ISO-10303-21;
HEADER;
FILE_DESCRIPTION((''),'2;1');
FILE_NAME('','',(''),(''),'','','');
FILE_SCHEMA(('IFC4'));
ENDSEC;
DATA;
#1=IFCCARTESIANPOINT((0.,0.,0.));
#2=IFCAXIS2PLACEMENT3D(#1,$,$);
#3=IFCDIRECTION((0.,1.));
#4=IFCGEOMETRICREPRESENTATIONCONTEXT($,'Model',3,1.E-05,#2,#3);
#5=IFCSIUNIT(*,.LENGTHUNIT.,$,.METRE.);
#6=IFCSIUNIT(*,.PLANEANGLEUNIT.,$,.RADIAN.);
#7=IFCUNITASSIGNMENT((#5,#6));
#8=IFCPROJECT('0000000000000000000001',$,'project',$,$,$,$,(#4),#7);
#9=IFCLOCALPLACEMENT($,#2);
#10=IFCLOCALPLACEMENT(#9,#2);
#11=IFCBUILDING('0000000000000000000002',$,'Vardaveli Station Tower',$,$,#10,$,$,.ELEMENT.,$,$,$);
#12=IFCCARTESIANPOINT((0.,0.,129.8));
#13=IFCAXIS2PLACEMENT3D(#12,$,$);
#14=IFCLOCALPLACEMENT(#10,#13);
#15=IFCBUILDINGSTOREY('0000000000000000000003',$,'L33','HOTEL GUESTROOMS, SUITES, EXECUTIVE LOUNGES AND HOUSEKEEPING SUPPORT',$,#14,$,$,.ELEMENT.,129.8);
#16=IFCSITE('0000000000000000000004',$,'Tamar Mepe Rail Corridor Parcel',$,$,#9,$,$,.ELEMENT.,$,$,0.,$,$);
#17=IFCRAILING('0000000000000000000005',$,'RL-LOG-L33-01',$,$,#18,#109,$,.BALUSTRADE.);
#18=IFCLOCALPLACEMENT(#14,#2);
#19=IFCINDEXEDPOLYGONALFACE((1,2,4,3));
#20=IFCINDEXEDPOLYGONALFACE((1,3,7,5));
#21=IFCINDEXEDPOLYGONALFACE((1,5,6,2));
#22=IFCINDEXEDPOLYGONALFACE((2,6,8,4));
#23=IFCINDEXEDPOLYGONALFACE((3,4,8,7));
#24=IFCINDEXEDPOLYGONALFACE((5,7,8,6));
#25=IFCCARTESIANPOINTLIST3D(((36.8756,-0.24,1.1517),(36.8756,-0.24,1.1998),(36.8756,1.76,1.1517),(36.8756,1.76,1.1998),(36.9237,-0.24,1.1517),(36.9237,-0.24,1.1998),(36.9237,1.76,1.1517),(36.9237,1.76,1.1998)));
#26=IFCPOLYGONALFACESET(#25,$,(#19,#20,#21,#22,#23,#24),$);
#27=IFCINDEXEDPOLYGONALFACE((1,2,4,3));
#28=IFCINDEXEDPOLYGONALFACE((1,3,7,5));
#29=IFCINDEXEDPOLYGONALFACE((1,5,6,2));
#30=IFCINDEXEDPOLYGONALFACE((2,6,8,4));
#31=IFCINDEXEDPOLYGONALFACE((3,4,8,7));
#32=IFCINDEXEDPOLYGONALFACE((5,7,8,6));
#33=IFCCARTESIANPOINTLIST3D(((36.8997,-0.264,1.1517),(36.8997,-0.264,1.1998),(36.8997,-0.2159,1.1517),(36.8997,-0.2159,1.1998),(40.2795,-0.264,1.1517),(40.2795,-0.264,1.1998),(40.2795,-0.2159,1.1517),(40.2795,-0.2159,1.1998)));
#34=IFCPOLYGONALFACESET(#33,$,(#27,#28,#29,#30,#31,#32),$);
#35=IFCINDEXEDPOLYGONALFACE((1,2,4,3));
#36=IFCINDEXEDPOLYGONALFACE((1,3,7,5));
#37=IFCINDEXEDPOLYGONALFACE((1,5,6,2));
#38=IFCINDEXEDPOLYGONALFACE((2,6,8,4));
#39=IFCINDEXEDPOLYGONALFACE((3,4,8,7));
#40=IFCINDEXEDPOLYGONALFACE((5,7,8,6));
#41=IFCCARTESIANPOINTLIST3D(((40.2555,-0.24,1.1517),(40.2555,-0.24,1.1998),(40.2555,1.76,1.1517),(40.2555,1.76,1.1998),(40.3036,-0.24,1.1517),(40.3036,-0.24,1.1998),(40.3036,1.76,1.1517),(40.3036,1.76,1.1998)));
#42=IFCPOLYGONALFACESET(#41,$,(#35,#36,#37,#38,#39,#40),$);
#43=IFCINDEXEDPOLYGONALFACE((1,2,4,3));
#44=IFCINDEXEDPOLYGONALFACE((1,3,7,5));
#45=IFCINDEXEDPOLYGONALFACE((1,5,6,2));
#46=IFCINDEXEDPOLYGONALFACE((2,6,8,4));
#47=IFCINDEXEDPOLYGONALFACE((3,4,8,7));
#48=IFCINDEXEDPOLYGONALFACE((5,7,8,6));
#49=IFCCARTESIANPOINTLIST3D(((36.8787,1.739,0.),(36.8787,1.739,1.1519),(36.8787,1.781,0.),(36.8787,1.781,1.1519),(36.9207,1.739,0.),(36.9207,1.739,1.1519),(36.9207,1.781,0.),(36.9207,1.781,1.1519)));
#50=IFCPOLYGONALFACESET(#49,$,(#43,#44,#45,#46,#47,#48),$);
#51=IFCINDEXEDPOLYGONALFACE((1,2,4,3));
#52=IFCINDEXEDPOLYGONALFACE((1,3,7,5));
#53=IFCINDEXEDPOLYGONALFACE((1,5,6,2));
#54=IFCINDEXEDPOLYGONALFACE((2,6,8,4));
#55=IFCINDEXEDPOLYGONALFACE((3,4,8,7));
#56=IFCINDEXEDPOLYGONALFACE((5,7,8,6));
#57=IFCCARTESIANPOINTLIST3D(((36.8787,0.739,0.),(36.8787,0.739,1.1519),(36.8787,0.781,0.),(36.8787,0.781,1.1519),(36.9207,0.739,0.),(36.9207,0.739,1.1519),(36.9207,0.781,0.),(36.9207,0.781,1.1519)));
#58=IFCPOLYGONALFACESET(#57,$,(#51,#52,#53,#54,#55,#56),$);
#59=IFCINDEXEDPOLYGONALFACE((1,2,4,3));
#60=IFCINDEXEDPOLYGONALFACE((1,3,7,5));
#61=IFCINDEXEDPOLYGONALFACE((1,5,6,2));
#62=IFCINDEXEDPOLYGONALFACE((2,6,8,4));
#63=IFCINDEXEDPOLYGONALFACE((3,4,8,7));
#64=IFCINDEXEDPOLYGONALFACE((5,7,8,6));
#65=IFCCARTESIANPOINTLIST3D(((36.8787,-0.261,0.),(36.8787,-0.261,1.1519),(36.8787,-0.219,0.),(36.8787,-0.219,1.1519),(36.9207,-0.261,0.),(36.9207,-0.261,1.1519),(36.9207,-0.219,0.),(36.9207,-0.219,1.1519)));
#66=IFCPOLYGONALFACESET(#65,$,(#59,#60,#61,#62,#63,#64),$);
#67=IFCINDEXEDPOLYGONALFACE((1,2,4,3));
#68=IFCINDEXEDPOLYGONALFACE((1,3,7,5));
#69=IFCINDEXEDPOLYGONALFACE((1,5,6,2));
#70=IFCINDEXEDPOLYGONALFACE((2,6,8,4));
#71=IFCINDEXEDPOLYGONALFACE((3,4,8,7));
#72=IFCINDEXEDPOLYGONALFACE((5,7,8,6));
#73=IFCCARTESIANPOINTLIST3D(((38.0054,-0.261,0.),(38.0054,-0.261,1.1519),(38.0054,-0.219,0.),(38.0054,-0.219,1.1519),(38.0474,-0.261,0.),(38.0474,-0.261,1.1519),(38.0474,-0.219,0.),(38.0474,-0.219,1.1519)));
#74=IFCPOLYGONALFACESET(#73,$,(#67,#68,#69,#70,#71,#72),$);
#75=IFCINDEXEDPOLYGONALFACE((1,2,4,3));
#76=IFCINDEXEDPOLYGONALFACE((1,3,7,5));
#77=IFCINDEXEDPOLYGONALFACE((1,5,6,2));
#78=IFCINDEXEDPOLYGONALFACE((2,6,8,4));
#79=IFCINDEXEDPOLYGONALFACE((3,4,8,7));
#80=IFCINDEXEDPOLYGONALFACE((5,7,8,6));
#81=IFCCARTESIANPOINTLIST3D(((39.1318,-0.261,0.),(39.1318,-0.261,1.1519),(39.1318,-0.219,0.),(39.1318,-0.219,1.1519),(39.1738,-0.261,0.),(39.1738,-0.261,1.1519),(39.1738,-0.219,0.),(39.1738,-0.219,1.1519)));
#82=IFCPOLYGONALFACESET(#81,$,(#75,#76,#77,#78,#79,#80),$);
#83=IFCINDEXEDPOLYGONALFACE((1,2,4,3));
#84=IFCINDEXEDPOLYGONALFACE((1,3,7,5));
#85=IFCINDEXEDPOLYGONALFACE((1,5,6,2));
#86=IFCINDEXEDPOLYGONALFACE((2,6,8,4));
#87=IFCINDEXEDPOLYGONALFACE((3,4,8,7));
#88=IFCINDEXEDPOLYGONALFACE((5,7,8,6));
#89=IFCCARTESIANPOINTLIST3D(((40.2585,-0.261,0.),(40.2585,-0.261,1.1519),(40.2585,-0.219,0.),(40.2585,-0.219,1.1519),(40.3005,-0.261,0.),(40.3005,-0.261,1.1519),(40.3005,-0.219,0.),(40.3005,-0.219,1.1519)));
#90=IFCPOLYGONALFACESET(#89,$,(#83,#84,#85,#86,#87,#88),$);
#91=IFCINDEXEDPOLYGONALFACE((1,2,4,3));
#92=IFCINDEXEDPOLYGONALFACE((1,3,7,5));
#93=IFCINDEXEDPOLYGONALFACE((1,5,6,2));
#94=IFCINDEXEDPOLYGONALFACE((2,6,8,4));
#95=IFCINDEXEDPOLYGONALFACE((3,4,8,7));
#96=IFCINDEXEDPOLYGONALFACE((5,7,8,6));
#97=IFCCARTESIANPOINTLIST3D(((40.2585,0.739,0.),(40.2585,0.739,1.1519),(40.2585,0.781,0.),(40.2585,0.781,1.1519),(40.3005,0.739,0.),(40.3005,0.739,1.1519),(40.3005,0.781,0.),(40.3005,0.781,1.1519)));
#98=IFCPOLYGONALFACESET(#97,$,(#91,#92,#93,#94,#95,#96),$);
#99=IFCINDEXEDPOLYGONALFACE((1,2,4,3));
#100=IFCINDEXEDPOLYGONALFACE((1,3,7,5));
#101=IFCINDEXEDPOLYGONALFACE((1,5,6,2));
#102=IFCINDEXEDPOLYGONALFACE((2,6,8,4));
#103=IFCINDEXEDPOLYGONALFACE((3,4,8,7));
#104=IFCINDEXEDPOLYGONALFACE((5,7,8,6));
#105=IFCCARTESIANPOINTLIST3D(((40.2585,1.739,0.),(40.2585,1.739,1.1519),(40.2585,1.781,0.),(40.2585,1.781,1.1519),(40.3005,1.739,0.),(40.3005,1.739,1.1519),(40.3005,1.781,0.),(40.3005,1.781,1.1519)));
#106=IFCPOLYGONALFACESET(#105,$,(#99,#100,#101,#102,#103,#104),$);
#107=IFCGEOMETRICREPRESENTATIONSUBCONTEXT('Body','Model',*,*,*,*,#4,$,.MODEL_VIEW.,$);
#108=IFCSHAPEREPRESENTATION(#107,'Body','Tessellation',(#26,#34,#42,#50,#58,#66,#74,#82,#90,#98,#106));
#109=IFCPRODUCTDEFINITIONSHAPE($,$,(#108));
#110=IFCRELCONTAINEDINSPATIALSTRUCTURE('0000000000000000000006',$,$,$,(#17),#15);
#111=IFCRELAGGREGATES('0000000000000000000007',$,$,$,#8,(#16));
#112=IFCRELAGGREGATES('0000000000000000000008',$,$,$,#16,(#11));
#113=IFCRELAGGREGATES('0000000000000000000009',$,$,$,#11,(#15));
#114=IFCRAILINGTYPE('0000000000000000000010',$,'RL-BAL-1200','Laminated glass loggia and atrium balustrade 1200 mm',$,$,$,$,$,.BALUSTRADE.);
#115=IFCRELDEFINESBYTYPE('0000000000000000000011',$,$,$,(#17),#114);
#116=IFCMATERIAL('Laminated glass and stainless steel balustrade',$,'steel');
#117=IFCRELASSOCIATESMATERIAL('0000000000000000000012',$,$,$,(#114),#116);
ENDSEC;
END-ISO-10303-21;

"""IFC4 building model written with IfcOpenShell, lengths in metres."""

from ifc_helpers import new_model, si_unit, direction, frame, origin, origin_2d, place, context, subcontext, project, spatial, rectangle, extrude, source, transform, mapped, material, type_object, element, save


model = new_model("IFC4")

# Units and contexts
model_context = context("Model", 3, precision=1e-05, world=origin(), true_north=direction((0.0, 1.0)))
body_context = subcontext(model_context, "Body", "Model", "MODEL_VIEW")
ifc_project = project(units=[si_unit("LENGTHUNIT", "METRE"), si_unit("PLANEANGLEUNIT", "RADIAN")], contexts=[model_context])

# Site, building, storey
site_placement = place(None, origin())
site = spatial("IfcSite", under=ifc_project, at=site_placement, Name="Tamar Mepe Rail Corridor Parcel", CompositionType="ELEMENT", RefElevation=0.0)
building_placement = place(site_placement, origin())
building = spatial("IfcBuilding", under=site, at=building_placement, Name="Vardaveli Station Tower", CompositionType="ELEMENT")
storey_placement = place(building_placement, frame((0.0, 0.0, 129.8)))
storey = spatial("IfcBuildingStorey", under=building, at=storey_placement, Name="L33", Description="HOTEL GUESTROOMS, SUITES, EXECUTIVE LOUNGES AND HOUSEKEEPING SUPPORT", CompositionType="ELEMENT", Elevation=129.8)

# Railing
ifc_material_1 = material(Name="Laminated glass and stainless steel balustrade", Category="steel")
railing_type = type_object("IfcRailingType", Name="RL-BAL-1200", Description="Laminated glass loggia and atrium balustrade 1200 mm", PredefinedType="BALUSTRADE", material=ifc_material_1)
shared_shape_1 = source(origin(), body_context, "Body", "SweptSolid", [
    extrude(rectangle(XDim=0.0481, YDim=0.0481, at=origin_2d()), frame((0.0, 0.0, 1.1758), z_axis=(0.0, -1.0, 0.0), x_axis=(1.0, 0.0, 0.0)), (0.0, 0.0, 1.0), 2.0),
    extrude(rectangle(XDim=0.0481, YDim=0.0481, at=origin_2d()), frame((0.0, -2.0, 1.1758), z_axis=(1.0, 0.0, 0.0), x_axis=(0.0, 1.0, 0.0)), (0.0, 0.0, 1.0), 3.3799),
    extrude(rectangle(XDim=0.0481, YDim=0.0481, at=origin_2d()), frame((3.3799, -2.0, 1.1758), z_axis=(0.0, 1.0, 0.0), x_axis=(-1.0, 0.0, 0.0)), (0.0, 0.0, 1.0), 2.0),
    extrude(rectangle(XDim=0.042, YDim=0.042, at=origin_2d()), origin(), (0.0, 0.0, 1.0), 1.1519),
    extrude(rectangle(XDim=0.042, YDim=0.042, at=origin_2d()), frame((0.0, -1.0, 0.0)), (0.0, 0.0, 1.0), 1.1519),
    extrude(rectangle(XDim=0.042, YDim=0.042, at=origin_2d()), frame((0.0, -2.0, 0.0)), (0.0, 0.0, 1.0), 1.1519),
    extrude(rectangle(XDim=0.042, YDim=0.042, at=origin_2d()), frame((1.1267, -2.0, 0.0)), (0.0, 0.0, 1.0), 1.1519),
    extrude(rectangle(XDim=0.042, YDim=0.042, at=origin_2d()), frame((2.2532, -2.0, 0.0)), (0.0, 0.0, 1.0), 1.1519),
    extrude(rectangle(XDim=0.042, YDim=0.042, at=origin_2d()), frame((3.3799, -2.0, 0.0)), (0.0, 0.0, 1.0), 1.1519),
    extrude(rectangle(XDim=0.042, YDim=0.042, at=origin_2d()), frame((3.3799, -1.0, 0.0)), (0.0, 0.0, 1.0), 1.1519),
    extrude(rectangle(XDim=0.042, YDim=0.042, at=origin_2d()), frame((3.3799, 0.0, 0.0)), (0.0, 0.0, 1.0), 1.1519),
])
railing_placement = place(storey_placement, frame((36.8997, 1.76, 0.0)))
element("IfcRailing", 1, at=railing_placement, inside=storey, type_object=railing_type, Name="RL-LOG-L33-01", PredefinedType="BALUSTRADE", context=body_context, shape_type="MappedRepresentation", body=[
    mapped(shared_shape_1, transform((0.0, 0.0, 0.0), scale=1.0)),
])

save(model, "model.ifc")
